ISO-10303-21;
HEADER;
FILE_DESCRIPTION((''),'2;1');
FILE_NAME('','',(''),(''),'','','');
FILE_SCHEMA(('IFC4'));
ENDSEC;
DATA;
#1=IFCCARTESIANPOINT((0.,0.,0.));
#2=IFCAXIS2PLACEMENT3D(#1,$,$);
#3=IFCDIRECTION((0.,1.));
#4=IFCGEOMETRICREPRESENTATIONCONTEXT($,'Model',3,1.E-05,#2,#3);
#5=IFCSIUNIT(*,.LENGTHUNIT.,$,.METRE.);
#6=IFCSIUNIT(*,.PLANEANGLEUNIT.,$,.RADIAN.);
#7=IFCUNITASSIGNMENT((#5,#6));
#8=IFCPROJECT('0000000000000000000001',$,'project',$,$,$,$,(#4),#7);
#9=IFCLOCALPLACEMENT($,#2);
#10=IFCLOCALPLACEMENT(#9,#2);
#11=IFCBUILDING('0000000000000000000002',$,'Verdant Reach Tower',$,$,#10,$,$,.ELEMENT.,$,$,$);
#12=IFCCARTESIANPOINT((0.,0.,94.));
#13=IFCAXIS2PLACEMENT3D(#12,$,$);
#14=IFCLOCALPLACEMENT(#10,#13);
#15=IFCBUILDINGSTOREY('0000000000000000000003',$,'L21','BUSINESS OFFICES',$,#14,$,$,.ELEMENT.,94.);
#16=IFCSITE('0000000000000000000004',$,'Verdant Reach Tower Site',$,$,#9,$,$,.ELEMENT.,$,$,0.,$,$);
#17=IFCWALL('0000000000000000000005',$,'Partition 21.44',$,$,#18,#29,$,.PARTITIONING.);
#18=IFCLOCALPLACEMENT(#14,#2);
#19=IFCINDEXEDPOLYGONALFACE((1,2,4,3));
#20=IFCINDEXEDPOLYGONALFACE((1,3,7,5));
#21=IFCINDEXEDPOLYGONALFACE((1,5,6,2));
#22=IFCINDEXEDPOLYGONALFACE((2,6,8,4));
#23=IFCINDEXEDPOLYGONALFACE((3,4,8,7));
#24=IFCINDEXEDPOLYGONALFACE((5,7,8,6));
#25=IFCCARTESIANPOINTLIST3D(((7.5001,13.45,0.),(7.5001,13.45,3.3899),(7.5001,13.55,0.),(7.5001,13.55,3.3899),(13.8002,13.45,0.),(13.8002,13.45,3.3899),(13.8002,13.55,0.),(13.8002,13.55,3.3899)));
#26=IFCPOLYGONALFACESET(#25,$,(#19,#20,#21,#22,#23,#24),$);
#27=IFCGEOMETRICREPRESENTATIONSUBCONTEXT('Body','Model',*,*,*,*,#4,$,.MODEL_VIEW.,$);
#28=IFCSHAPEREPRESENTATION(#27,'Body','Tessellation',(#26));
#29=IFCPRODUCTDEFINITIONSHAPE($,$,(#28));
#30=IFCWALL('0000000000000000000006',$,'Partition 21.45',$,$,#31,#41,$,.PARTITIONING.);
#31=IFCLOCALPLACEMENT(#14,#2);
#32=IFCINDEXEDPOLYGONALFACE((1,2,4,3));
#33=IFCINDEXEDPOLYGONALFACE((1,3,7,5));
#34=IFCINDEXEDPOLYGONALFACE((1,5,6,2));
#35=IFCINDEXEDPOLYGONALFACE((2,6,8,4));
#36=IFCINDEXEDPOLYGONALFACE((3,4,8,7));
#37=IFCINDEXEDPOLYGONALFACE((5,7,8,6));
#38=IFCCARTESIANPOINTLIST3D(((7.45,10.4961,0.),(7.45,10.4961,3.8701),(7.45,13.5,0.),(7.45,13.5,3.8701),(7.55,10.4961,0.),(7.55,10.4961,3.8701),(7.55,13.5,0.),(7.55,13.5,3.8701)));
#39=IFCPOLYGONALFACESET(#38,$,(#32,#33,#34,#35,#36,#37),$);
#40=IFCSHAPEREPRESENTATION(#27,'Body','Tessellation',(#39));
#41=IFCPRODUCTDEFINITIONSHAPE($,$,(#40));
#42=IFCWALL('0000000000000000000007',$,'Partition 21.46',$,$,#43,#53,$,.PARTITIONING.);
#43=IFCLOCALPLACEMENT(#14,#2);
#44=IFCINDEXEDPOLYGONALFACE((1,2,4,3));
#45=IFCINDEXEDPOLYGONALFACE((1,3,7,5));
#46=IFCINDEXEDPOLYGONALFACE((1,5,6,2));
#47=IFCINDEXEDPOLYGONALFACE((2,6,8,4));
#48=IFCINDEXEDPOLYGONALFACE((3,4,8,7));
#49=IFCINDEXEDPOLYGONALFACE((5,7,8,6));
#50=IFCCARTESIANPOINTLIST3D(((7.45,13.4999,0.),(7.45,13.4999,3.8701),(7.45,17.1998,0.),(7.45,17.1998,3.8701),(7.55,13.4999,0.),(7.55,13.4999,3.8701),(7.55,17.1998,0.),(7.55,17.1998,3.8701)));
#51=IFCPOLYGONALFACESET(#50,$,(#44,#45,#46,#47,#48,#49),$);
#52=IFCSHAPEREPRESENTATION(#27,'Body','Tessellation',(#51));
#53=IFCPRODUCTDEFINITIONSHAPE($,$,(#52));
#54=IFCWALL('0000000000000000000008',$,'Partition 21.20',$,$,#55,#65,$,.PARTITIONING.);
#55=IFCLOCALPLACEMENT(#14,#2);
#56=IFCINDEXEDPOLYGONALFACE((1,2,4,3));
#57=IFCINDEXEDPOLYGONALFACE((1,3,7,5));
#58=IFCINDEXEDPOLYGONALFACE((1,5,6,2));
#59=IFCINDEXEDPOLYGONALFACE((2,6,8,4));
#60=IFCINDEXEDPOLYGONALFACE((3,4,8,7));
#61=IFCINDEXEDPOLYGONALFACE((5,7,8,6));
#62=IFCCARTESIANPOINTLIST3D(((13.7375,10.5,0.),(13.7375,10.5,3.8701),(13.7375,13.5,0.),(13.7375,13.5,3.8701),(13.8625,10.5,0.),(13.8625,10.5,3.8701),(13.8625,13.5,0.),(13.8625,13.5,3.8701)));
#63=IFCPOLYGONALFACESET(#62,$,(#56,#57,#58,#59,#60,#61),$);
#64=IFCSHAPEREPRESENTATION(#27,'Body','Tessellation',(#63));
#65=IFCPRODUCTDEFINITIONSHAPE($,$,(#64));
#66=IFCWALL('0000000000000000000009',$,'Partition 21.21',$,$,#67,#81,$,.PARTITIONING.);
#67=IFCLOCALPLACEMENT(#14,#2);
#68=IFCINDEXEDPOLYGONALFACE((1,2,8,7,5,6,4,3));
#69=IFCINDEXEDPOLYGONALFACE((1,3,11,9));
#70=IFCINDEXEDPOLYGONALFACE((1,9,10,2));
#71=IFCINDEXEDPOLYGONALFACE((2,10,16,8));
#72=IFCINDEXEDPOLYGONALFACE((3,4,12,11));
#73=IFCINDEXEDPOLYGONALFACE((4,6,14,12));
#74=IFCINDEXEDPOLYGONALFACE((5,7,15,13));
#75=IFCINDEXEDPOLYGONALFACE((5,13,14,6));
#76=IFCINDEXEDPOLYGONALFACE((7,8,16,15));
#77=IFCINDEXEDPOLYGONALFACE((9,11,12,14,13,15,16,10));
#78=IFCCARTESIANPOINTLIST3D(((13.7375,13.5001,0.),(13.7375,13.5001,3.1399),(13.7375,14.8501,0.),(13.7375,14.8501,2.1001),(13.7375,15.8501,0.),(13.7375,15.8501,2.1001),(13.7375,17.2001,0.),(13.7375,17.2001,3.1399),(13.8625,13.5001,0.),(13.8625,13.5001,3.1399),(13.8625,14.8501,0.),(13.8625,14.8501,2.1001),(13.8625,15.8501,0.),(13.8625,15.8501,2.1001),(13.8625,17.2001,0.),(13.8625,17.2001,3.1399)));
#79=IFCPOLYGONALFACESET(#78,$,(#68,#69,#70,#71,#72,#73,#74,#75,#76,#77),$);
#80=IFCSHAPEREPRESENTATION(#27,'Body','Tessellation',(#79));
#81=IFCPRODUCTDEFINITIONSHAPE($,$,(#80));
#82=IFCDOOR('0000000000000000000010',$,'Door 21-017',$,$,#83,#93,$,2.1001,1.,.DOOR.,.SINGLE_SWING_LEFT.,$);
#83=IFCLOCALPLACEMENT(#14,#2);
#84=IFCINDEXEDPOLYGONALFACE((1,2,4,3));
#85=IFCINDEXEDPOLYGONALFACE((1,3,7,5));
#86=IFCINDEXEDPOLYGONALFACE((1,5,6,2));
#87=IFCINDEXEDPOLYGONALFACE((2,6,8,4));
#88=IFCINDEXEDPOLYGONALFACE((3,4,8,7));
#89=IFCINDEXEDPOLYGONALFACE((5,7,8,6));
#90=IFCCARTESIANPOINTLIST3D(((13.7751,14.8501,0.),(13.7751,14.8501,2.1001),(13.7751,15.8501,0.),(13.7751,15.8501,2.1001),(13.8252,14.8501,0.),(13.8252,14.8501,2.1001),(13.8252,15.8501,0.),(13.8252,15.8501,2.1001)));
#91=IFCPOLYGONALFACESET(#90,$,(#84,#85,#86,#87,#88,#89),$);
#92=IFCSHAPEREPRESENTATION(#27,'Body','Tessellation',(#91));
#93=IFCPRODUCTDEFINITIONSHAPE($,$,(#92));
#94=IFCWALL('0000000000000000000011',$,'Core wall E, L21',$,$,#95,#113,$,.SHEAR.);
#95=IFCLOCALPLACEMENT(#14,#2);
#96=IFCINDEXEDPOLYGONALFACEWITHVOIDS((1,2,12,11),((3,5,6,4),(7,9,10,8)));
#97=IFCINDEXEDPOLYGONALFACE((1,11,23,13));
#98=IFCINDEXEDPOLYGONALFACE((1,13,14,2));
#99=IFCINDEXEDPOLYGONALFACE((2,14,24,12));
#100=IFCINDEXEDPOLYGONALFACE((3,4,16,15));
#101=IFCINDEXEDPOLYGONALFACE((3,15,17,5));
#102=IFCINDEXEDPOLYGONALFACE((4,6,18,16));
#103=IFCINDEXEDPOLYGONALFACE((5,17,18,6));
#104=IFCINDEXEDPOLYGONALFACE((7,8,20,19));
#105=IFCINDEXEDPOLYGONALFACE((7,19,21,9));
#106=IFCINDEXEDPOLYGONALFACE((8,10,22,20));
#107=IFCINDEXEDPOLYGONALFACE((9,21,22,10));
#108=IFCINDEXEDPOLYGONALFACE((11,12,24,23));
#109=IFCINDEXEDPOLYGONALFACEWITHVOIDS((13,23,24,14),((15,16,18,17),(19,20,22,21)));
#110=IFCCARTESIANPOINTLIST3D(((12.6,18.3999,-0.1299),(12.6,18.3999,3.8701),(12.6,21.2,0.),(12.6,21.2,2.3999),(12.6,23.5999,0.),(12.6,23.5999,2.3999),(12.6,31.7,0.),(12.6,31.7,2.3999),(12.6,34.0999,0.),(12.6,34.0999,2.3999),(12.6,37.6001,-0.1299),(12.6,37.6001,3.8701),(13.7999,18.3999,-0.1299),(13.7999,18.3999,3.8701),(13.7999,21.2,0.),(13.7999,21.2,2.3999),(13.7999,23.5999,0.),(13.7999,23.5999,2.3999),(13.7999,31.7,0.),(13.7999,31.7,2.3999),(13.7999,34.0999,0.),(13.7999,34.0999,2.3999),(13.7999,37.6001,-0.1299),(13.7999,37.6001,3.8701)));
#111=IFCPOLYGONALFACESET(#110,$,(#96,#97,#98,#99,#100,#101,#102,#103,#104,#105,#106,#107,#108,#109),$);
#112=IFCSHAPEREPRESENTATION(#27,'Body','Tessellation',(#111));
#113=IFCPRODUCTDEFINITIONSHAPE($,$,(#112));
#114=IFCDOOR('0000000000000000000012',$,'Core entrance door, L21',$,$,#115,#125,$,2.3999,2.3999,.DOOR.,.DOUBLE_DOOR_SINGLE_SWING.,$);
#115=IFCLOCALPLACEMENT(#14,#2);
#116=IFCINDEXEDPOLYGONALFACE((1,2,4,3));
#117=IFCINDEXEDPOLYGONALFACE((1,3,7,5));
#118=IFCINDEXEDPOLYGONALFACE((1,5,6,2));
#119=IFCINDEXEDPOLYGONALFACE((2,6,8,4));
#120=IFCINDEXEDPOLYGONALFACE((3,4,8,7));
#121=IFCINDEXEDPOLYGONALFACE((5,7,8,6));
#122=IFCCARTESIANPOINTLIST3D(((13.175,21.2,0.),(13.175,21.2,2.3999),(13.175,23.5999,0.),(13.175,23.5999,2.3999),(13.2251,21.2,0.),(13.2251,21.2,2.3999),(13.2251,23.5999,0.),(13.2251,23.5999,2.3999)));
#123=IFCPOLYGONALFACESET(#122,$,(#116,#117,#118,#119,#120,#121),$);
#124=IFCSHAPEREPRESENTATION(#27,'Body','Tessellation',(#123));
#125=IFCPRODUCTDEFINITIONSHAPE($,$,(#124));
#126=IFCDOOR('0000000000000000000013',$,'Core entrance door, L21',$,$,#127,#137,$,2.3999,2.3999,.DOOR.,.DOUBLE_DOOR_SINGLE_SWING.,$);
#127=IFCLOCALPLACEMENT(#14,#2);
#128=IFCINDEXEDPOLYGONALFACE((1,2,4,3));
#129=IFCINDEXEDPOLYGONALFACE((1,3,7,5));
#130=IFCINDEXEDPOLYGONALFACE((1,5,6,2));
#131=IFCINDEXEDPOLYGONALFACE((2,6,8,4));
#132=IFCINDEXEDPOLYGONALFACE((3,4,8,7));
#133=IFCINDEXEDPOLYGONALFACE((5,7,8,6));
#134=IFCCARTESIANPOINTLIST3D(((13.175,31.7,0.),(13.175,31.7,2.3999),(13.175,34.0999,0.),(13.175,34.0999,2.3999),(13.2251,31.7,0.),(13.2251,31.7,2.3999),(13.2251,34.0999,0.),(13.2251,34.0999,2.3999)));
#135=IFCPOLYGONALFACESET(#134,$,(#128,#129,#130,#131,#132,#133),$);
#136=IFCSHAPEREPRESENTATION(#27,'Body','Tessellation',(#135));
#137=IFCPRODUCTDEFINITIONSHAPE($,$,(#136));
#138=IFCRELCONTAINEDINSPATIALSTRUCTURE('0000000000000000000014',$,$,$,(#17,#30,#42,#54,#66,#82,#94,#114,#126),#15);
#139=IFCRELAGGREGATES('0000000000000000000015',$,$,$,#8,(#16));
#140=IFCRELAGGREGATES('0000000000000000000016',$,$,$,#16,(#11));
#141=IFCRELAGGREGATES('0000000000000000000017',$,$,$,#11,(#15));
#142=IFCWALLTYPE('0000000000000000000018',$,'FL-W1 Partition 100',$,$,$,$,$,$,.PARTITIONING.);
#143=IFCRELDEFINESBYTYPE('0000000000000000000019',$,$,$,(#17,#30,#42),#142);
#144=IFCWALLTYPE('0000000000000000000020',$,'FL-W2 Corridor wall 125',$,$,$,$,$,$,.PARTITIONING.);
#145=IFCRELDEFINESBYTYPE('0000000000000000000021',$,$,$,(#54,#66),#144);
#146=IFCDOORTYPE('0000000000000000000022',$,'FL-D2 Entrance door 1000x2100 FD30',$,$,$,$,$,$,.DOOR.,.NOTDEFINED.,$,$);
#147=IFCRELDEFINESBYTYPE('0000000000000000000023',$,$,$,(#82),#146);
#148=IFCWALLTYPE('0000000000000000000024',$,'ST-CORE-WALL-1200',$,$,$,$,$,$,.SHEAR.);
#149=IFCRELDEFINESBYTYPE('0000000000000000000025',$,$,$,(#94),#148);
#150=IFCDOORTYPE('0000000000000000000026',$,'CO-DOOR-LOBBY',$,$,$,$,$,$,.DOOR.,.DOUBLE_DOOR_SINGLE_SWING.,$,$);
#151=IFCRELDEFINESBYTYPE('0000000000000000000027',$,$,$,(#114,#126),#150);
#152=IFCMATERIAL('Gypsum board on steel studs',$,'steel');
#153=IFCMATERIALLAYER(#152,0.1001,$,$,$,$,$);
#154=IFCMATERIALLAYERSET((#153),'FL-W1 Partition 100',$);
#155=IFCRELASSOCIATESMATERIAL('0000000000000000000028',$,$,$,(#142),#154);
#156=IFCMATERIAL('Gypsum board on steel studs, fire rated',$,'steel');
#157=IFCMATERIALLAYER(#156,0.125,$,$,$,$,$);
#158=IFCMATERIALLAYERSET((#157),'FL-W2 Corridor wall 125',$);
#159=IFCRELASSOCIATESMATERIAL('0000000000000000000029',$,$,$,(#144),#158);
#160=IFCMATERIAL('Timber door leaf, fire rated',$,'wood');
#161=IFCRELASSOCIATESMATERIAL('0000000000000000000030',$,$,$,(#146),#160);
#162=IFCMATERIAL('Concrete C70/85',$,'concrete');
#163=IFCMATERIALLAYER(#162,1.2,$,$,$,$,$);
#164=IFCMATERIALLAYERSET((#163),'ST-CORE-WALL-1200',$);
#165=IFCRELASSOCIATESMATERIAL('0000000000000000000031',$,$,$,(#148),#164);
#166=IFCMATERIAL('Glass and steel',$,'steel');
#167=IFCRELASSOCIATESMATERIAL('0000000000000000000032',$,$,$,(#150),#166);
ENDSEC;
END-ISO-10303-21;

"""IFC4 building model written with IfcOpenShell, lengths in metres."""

from ifc_helpers import new_model, si_unit, direction, frame, frame_2d, origin, place, context, subcontext, project, spatial, rectangle, extrude, material, layer, layer_set, type_object, element, fill, save


model = new_model("IFC4")

# Units and contexts
model_context = context("Model", 3, precision=1e-05, world=origin(), true_north=direction((0.0, 1.0)))
body_context = subcontext(model_context, "Body", "Model", "MODEL_VIEW")
ifc_project = project(units=[si_unit("LENGTHUNIT", "METRE"), si_unit("PLANEANGLEUNIT", "RADIAN")], contexts=[model_context])

# Site, building, storey
site_placement = place(None, origin())
site = spatial("IfcSite", under=ifc_project, at=site_placement, Name="Verdant Reach Tower Site", CompositionType="ELEMENT", RefElevation=0.0)
building_placement = place(site_placement, origin())
building = spatial("IfcBuilding", under=site, at=building_placement, Name="Verdant Reach Tower", CompositionType="ELEMENT")
storey_placement = place(building_placement, frame((0.0, 0.0, 94.0)))
storey = spatial("IfcBuildingStorey", under=building, at=storey_placement, Name="L21", Description="BUSINESS OFFICES", CompositionType="ELEMENT", Elevation=94.0)

# Shared definitions
ifc_material_1 = material(Name="Gypsum board on steel studs", Category="steel")

# Walls
ifc_layer_1 = layer(ifc_material_1, 0.1001)
ifc_layer_set_1 = layer_set([ifc_layer_1], Name="FL-W1 Partition 100")
wall_type_1 = type_object("IfcWallType", Name="FL-W1 Partition 100", PredefinedType="PARTITIONING", material=ifc_layer_set_1)
wall_1_placement = place(storey_placement, frame((13.8, 13.5, 0.0), z_axis=(0.0, 0.0, 1.0), x_axis=(-1.0, 0.0, 0.0)))
element("IfcWall", 1, at=wall_1_placement, inside=storey, type_object=wall_type_1, Name="Partition 21.44", PredefinedType="PARTITIONING", context=body_context, shape_type="SweptSolid", body=[
    extrude(rectangle(XDim=6.3, YDim=0.1001, at=frame_2d((3.1499, 0.0))), origin(), (0.0, 0.0, 1.0), 3.3899),
])
wall_2_placement = place(storey_placement, frame((7.5, 13.5, 0.0), z_axis=(0.0, 0.0, 1.0), x_axis=(0.0, -1.0, 0.0)))
element("IfcWall", 2, at=wall_2_placement, inside=storey, type_object=wall_type_1, Name="Partition 21.45", PredefinedType="PARTITIONING", context=body_context, shape_type="SweptSolid", body=[
    extrude(rectangle(XDim=3.0039, YDim=0.1001, at=frame_2d((1.502, 0.0))), origin(), (0.0, 0.0, 1.0), 3.8701),
])
wall_3_placement = place(storey_placement, frame((7.5, 17.2, 0.0), z_axis=(0.0, 0.0, 1.0), x_axis=(0.0, -1.0, 0.0)))
element("IfcWall", 3, at=wall_3_placement, inside=storey, type_object=wall_type_1, Name="Partition 21.46", PredefinedType="PARTITIONING", context=body_context, shape_type="SweptSolid", body=[
    extrude(rectangle(XDim=3.7, YDim=0.1001, at=frame_2d((1.8501, 0.0))), origin(), (0.0, 0.0, 1.0), 3.8701),
])
ifc_material_2 = material(Name="Gypsum board on steel studs, fire rated", Category="steel")
ifc_layer_2 = layer(ifc_material_2, 0.125)
ifc_layer_set_2 = layer_set([ifc_layer_2], Name="FL-W2 Corridor wall 125")
wall_type_2 = type_object("IfcWallType", Name="FL-W2 Corridor wall 125", PredefinedType="PARTITIONING", material=ifc_layer_set_2)
wall_4_placement = place(storey_placement, frame((13.8, 13.5, 0.0), z_axis=(0.0, 0.0, 1.0), x_axis=(0.0, -1.0, 0.0)))
element("IfcWall", 4, at=wall_4_placement, inside=storey, type_object=wall_type_2, Name="Partition 21.20", PredefinedType="PARTITIONING", context=body_context, shape_type="SweptSolid", body=[
    extrude(rectangle(XDim=3.0, YDim=0.125, at=frame_2d((1.5, 0.0))), origin(), (0.0, 0.0, 1.0), 3.8701),
])

# Wall, opening, door
wall_5_placement = place(storey_placement, frame((13.8, 13.5, 0.0), z_axis=(0.0, 0.0, 1.0), x_axis=(0.0, 1.0, 0.0)))
wall_5 = element("IfcWall", 5, at=wall_5_placement, inside=storey, type_object=wall_type_2, Name="Partition 21.21", PredefinedType="PARTITIONING", context=body_context, shape_type="SweptSolid", body=[
    extrude(rectangle(XDim=3.7, YDim=0.125, at=frame_2d((1.8501, 0.0))), origin(), (0.0, 0.0, 1.0), 3.1399),
])
opening_1_placement = place(wall_5_placement, frame((1.3501, 0.0, 0.0)))
opening_1 = element("IfcOpeningElement", 6, at=opening_1_placement, cuts=wall_5, PredefinedType="OPENING", context=body_context, shape_type="SweptSolid", body=[
    extrude(rectangle(XDim=1.0, YDim=2.1001, at=frame_2d((0.5, 1.05))), frame((0.0, 0.0725, 0.0), z_axis=(0.0, -1.0, 0.0), x_axis=(1.0, 0.0, 0.0)), (0.0, 0.0, 1.0), 0.145),
])
ifc_material_3 = material(Name="Timber door leaf, fire rated", Category="wood")
door_type_1 = type_object("IfcDoorType", Name="FL-D2 Entrance door 1000x2100 FD30", OperationType="NOTDEFINED", PredefinedType="DOOR", material=ifc_material_3)
door_1_placement = place(opening_1_placement, origin())
door_1 = element("IfcDoor", 7, at=door_1_placement, inside=storey, type_object=door_type_1, Name="Door 21-017", OperationType="SINGLE_SWING_LEFT", OverallHeight=2.1001, OverallWidth=1.0, PredefinedType="DOOR", context=body_context, shape_type="SweptSolid", body=[
    extrude(rectangle(XDim=1.0, YDim=2.1001, at=frame_2d((0.5, 1.05))), frame((0.0, 0.0249, 0.0), z_axis=(0.0, -1.0, 0.0), x_axis=(1.0, 0.0, 0.0)), (0.0, 0.0, 1.0), 0.05),
])
fill(opening_1, door_1)

# Wall, openings, doors
ifc_material_4 = material(Name="Concrete C70/85", Category="concrete")
ifc_layer_3 = layer(ifc_material_4, 1.2)
ifc_layer_set_3 = layer_set([ifc_layer_3], Name="ST-CORE-WALL-1200")
wall_type_3 = type_object("IfcWallType", Name="ST-CORE-WALL-1200", PredefinedType="SHEAR", material=ifc_layer_set_3)
wall_6_placement = place(storey_placement, frame((13.2, 18.3999, -0.1299), z_axis=(0.0, 0.0, 1.0), x_axis=(0.0, 1.0, 0.0)))
wall_6 = element("IfcWall", 8, at=wall_6_placement, inside=storey, type_object=wall_type_3, Name="Core wall E, L21", PredefinedType="SHEAR", context=body_context, shape_type="SweptSolid", body=[
    extrude(rectangle(XDim=19.2002, YDim=1.2, at=frame_2d((9.6001, 0.0))), origin(), (0.0, 0.0, 1.0), 4.0),
])
opening_2_placement = place(wall_6_placement, frame((2.8, 0.0, 0.1299)))
opening_2 = element("IfcOpeningElement", 9, at=opening_2_placement, cuts=wall_6, PredefinedType="OPENING", context=body_context, shape_type="SweptSolid", body=[
    extrude(rectangle(XDim=2.3999, YDim=2.3999, at=frame_2d((1.2, 1.2))), frame((0.0, 0.6099, 0.0), z_axis=(0.0, -1.0, 0.0), x_axis=(1.0, 0.0, 0.0)), (0.0, 0.0, 1.0), 1.22),
])
opening_3_placement = place(wall_6_placement, frame((13.3, 0.0, 0.1299)))
opening_3 = element("IfcOpeningElement", 10, at=opening_3_placement, cuts=wall_6, PredefinedType="OPENING", context=body_context, shape_type="SweptSolid", body=[
    extrude(rectangle(XDim=2.3999, YDim=2.3999, at=frame_2d((1.2, 1.2))), frame((0.0, 0.6099, 0.0), z_axis=(0.0, -1.0, 0.0), x_axis=(1.0, 0.0, 0.0)), (0.0, 0.0, 1.0), 1.22),
])
ifc_material_5 = material(Name="Glass and steel", Category="steel")
door_type_2 = type_object("IfcDoorType", Name="CO-DOOR-LOBBY", OperationType="DOUBLE_DOOR_SINGLE_SWING", PredefinedType="DOOR", material=ifc_material_5)
door_2_placement = place(opening_2_placement, origin())
door_2 = element("IfcDoor", 11, at=door_2_placement, inside=storey, type_object=door_type_2, Name="Core entrance door, L21", OperationType="DOUBLE_DOOR_SINGLE_SWING", OverallHeight=2.3999, OverallWidth=2.3999, PredefinedType="DOOR", context=body_context, shape_type="SweptSolid", body=[
    extrude(rectangle(XDim=2.3999, YDim=2.3999, at=frame_2d((1.2, 1.2))), frame((0.0, 0.0249, 0.0), z_axis=(0.0, -1.0, 0.0), x_axis=(1.0, 0.0, 0.0)), (0.0, 0.0, 1.0), 0.05),
])
fill(opening_2, door_2)
door_3_placement = place(opening_3_placement, origin())
door_3 = element("IfcDoor", 12, at=door_3_placement, inside=storey, type_object=door_type_2, Name="Core entrance door, L21", OperationType="DOUBLE_DOOR_SINGLE_SWING", OverallHeight=2.3999, OverallWidth=2.3999, PredefinedType="DOOR", context=body_context, shape_type="SweptSolid", body=[
    extrude(rectangle(XDim=2.3999, YDim=2.3999, at=frame_2d((1.2, 1.2))), frame((0.0, 0.0249, 0.0), z_axis=(0.0, -1.0, 0.0), x_axis=(1.0, 0.0, 0.0)), (0.0, 0.0, 1.0), 0.05),
])
fill(opening_3, door_3)

save(model, "model.ifc")
